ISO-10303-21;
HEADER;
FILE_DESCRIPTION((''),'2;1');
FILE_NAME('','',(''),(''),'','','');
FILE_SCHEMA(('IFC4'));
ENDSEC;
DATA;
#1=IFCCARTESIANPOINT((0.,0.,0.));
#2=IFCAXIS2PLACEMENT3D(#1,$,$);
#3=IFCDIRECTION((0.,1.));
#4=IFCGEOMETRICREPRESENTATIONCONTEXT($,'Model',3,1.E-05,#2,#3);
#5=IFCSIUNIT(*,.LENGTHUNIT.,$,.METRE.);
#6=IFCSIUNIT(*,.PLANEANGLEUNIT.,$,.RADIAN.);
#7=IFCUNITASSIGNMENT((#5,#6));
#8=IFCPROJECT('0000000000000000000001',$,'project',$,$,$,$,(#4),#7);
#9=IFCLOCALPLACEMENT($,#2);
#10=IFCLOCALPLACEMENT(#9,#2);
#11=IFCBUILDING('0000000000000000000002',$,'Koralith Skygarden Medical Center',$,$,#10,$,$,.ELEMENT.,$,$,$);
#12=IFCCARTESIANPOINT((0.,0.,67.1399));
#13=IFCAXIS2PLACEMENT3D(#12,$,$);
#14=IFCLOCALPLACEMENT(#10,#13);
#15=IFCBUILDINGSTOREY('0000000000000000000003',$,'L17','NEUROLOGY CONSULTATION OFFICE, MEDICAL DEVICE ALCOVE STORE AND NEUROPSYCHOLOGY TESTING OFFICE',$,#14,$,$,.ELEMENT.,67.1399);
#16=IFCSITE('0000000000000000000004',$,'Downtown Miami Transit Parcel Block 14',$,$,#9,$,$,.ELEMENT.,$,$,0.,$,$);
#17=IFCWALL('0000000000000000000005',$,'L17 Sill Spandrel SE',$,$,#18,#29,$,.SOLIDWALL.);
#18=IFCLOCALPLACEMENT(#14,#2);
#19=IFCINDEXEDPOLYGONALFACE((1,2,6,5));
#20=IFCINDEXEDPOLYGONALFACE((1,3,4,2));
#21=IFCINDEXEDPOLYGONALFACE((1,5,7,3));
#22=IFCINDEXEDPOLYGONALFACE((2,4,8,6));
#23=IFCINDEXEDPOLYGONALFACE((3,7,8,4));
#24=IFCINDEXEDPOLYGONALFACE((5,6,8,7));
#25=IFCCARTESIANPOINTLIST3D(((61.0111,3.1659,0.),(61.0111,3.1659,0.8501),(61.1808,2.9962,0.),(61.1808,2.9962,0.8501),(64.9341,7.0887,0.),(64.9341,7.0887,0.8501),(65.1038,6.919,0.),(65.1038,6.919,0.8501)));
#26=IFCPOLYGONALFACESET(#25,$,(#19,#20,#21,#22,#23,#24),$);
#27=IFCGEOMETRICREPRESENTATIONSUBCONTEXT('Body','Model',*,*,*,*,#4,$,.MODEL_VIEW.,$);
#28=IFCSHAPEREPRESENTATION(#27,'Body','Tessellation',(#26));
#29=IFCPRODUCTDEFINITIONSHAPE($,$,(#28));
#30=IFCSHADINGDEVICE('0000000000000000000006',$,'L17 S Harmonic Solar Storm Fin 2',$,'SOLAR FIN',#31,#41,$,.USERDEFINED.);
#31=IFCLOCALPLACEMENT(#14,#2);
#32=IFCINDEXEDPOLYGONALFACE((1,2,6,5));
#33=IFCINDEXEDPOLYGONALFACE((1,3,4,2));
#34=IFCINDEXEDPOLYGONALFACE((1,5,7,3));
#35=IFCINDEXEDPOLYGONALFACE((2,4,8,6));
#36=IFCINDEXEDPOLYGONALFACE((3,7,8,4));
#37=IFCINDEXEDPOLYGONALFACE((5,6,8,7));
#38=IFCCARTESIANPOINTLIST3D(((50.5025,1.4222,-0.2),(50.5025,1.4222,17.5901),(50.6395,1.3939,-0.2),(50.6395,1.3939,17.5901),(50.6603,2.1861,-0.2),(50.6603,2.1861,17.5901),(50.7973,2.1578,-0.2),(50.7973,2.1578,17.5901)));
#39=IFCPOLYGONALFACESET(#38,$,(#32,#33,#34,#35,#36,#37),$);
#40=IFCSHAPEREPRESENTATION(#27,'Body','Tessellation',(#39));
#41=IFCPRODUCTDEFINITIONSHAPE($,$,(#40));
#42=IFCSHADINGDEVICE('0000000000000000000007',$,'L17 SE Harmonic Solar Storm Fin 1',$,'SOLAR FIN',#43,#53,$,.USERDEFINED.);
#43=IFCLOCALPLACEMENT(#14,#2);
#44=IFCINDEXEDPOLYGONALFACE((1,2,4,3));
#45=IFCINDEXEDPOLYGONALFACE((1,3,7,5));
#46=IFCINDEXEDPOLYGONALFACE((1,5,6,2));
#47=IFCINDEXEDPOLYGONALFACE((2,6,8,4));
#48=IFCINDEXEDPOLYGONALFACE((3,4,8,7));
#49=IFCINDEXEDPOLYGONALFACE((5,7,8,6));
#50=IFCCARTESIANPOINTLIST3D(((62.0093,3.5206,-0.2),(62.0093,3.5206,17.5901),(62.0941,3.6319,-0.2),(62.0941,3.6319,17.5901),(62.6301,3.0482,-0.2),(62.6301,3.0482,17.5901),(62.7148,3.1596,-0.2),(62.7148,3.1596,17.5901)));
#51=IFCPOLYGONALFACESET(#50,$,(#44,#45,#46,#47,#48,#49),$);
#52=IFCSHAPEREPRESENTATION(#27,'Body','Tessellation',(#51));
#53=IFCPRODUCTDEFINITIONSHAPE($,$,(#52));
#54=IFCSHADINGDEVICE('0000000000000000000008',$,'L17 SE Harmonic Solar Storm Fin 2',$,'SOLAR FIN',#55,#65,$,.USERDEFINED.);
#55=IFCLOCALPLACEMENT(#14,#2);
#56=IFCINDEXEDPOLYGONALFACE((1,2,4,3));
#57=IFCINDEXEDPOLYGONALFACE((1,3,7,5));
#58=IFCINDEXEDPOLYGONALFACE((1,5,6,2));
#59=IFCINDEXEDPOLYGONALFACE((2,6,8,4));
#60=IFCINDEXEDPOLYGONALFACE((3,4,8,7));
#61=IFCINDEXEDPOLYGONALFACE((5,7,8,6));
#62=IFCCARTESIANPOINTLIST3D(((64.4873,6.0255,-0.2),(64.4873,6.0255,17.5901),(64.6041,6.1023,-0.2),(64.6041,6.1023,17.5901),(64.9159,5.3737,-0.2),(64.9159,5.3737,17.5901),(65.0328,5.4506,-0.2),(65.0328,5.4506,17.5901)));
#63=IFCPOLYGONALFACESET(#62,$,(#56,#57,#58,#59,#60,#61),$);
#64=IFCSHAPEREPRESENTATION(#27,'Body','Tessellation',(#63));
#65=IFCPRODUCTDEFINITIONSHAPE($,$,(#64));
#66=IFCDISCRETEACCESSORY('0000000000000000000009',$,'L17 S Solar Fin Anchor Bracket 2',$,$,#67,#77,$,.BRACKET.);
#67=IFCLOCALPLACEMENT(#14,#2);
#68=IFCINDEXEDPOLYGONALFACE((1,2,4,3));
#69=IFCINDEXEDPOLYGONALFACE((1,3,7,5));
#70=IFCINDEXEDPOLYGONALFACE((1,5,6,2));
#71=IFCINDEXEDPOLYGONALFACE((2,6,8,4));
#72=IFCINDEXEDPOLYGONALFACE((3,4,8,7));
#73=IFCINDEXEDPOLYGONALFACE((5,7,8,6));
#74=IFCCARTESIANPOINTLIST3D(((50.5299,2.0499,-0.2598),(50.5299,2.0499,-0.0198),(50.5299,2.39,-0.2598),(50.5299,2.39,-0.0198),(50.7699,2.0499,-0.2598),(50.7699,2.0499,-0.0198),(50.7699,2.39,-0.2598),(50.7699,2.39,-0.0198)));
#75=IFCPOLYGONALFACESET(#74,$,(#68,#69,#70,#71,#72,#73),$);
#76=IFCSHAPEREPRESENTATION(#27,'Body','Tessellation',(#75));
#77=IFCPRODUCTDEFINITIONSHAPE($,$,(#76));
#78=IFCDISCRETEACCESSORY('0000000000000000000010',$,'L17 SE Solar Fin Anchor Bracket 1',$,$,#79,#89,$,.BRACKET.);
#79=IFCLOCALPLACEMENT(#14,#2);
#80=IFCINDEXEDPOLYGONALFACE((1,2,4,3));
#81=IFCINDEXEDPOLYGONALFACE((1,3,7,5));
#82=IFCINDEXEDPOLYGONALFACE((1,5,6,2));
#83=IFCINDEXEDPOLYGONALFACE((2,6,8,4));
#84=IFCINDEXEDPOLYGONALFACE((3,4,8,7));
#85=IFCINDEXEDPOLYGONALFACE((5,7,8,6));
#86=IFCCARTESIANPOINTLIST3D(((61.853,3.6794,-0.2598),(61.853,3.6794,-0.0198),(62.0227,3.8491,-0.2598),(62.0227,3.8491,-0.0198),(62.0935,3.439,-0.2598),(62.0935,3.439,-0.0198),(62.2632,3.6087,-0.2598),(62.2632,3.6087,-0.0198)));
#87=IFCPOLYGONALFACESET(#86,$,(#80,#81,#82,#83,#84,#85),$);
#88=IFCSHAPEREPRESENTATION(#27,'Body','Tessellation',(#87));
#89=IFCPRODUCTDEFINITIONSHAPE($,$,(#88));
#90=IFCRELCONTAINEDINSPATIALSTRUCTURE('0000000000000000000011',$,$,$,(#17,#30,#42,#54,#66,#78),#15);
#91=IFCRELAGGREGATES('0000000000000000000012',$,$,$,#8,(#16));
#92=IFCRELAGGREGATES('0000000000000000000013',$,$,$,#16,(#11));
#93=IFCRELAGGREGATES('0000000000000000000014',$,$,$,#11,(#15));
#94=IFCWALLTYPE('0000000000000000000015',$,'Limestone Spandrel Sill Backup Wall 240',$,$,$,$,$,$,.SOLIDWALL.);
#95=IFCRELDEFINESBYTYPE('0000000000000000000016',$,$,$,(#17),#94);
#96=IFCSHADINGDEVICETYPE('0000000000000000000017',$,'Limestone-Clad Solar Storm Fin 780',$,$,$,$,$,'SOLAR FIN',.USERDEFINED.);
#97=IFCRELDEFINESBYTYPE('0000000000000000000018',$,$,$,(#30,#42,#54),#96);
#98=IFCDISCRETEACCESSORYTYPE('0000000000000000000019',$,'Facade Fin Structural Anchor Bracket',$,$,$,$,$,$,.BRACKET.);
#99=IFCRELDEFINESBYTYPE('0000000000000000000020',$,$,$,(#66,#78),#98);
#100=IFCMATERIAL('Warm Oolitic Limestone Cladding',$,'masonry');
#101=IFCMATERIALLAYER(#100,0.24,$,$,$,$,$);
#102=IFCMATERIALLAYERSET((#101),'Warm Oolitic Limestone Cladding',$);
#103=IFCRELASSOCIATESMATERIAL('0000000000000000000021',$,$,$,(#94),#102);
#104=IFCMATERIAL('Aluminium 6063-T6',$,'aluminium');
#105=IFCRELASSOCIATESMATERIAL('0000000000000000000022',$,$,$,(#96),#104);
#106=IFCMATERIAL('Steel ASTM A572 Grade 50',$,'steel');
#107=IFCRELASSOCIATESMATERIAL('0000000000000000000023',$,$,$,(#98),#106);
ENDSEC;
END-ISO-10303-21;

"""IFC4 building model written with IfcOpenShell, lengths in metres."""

from ifc_helpers import new_model, si_unit, direction, frame, frame_2d, origin, origin_2d, place, context, subcontext, project, spatial, rectangle, extrude, material, layer, layer_set, type_object, element, save


model = new_model("IFC4")

# Units and contexts
model_context = context("Model", 3, precision=1e-05, world=origin(), true_north=direction((0.0, 1.0)))
body_context = subcontext(model_context, "Body", "Model", "MODEL_VIEW")
ifc_project = project(units=[si_unit("LENGTHUNIT", "METRE"), si_unit("PLANEANGLEUNIT", "RADIAN")], contexts=[model_context])

# Site, building, storey
site_placement = place(None, origin())
site = spatial("IfcSite", under=ifc_project, at=site_placement, Name="Downtown Miami Transit Parcel Block 14", CompositionType="ELEMENT", RefElevation=0.0)
building_placement = place(site_placement, origin())
building = spatial("IfcBuilding", under=site, at=building_placement, Name="Koralith Skygarden Medical Center", CompositionType="ELEMENT")
storey_placement = place(building_placement, frame((0.0, 0.0, 67.1399)))
storey = spatial("IfcBuildingStorey", under=building, at=storey_placement, Name="L17", Description="NEUROLOGY CONSULTATION OFFICE, MEDICAL DEVICE ALCOVE STORE AND NEUROPSYCHOLOGY TESTING OFFICE", CompositionType="ELEMENT", Elevation=67.1399)

# Shared definitions
ifc_material_1 = material(Name="Aluminium 6063-T6", Category="aluminium")

# Shared definitions
ifc_material_2 = material(Name="Warm Oolitic Limestone Cladding", Category="masonry")

# Wall
ifc_layer_1 = layer(ifc_material_2, 0.24)
ifc_layer_set_1 = layer_set([ifc_layer_1], Name="Warm Oolitic Limestone Cladding")
wall_type = type_object("IfcWallType", Name="Limestone Spandrel Sill Backup Wall 240", PredefinedType="SOLIDWALL", material=ifc_layer_set_1)
wall_placement = place(storey_placement, frame((61.0959, 3.0811, 0.0), z_axis=(0.0, 0.0, 1.0), x_axis=(0.707129, 0.707085, 0.0)))
element("IfcWall", 1, at=wall_placement, inside=storey, type_object=wall_type, Name="L17 Sill Spandrel SE", PredefinedType="SOLIDWALL", context=body_context, shape_type="SweptSolid", body=[
    extrude(rectangle(XDim=5.5479, YDim=0.24, at=frame_2d((2.7739, 0.0))), origin(), (0.0, 0.0, 1.0), 0.8501),
])

# Shading devices
shading_device_type = type_object("IfcShadingDeviceType", Name="Limestone-Clad Solar Storm Fin 780", ElementType="SOLAR FIN", PredefinedType="USERDEFINED", material=ifc_material_1)
for number, where, z_axis, x_axis, name in (
    (2, (50.6499, 1.79, -0.2), (0.0, 0.0, 1.0), (-0.20224, -0.979336, 0.0), "L17 S Harmonic Solar Storm Fin 2"),
    (3, (62.3621, 3.3401, -0.2), (0.0, 0.0, 1.0), (0.795759, -0.605613, 0.0), "L17 SE Harmonic Solar Storm Fin 1"),
    (4, (64.76, 5.738, -0.2), (0.0, 0.0, 1.0), (0.54949, -0.835501, 0.0), "L17 SE Harmonic Solar Storm Fin 2"),
):
    element("IfcShadingDevice", number, at=place(storey_placement, frame(where, z_axis=z_axis, x_axis=x_axis)), inside=storey, type_object=shading_device_type, Name=name, ObjectType="SOLAR FIN", PredefinedType="USERDEFINED", context=body_context, shape_type="SweptSolid", body=[
        extrude(rectangle(XDim=0.78, YDim=0.1399, at=origin_2d()), origin(), (0.0, 0.0, 1.0), 17.79),
    ])

# Discrete accessories
ifc_material_3 = material(Name="Steel ASTM A572 Grade 50", Category="steel")
discrete_accessory_type = type_object("IfcDiscreteAccessoryType", Name="Facade Fin Structural Anchor Bracket", PredefinedType="BRACKET", material=ifc_material_3)
for number, where, z_axis, x_axis, name in (
    (5, (50.6499, 2.22, -0.2598), (0.0, 0.0, 1.0), (0.0, -1.0, 0.0), "L17 S Solar Fin Anchor Bracket 2"),
    (6, (62.0581, 3.644, -0.2598), (0.0, 0.0, 1.0), (0.707107, -0.707107, 0.0), "L17 SE Solar Fin Anchor Bracket 1"),
):
    element("IfcDiscreteAccessory", number, at=place(storey_placement, frame(where, z_axis=z_axis, x_axis=x_axis)), inside=storey, type_object=discrete_accessory_type, Name=name, PredefinedType="BRACKET", context=body_context, shape_type="SweptSolid", body=[
        extrude(rectangle(XDim=0.3401, YDim=0.24, at=origin_2d()), origin(), (0.0, 0.0, 1.0), 0.24),
    ])

save(model, "model.ifc")
